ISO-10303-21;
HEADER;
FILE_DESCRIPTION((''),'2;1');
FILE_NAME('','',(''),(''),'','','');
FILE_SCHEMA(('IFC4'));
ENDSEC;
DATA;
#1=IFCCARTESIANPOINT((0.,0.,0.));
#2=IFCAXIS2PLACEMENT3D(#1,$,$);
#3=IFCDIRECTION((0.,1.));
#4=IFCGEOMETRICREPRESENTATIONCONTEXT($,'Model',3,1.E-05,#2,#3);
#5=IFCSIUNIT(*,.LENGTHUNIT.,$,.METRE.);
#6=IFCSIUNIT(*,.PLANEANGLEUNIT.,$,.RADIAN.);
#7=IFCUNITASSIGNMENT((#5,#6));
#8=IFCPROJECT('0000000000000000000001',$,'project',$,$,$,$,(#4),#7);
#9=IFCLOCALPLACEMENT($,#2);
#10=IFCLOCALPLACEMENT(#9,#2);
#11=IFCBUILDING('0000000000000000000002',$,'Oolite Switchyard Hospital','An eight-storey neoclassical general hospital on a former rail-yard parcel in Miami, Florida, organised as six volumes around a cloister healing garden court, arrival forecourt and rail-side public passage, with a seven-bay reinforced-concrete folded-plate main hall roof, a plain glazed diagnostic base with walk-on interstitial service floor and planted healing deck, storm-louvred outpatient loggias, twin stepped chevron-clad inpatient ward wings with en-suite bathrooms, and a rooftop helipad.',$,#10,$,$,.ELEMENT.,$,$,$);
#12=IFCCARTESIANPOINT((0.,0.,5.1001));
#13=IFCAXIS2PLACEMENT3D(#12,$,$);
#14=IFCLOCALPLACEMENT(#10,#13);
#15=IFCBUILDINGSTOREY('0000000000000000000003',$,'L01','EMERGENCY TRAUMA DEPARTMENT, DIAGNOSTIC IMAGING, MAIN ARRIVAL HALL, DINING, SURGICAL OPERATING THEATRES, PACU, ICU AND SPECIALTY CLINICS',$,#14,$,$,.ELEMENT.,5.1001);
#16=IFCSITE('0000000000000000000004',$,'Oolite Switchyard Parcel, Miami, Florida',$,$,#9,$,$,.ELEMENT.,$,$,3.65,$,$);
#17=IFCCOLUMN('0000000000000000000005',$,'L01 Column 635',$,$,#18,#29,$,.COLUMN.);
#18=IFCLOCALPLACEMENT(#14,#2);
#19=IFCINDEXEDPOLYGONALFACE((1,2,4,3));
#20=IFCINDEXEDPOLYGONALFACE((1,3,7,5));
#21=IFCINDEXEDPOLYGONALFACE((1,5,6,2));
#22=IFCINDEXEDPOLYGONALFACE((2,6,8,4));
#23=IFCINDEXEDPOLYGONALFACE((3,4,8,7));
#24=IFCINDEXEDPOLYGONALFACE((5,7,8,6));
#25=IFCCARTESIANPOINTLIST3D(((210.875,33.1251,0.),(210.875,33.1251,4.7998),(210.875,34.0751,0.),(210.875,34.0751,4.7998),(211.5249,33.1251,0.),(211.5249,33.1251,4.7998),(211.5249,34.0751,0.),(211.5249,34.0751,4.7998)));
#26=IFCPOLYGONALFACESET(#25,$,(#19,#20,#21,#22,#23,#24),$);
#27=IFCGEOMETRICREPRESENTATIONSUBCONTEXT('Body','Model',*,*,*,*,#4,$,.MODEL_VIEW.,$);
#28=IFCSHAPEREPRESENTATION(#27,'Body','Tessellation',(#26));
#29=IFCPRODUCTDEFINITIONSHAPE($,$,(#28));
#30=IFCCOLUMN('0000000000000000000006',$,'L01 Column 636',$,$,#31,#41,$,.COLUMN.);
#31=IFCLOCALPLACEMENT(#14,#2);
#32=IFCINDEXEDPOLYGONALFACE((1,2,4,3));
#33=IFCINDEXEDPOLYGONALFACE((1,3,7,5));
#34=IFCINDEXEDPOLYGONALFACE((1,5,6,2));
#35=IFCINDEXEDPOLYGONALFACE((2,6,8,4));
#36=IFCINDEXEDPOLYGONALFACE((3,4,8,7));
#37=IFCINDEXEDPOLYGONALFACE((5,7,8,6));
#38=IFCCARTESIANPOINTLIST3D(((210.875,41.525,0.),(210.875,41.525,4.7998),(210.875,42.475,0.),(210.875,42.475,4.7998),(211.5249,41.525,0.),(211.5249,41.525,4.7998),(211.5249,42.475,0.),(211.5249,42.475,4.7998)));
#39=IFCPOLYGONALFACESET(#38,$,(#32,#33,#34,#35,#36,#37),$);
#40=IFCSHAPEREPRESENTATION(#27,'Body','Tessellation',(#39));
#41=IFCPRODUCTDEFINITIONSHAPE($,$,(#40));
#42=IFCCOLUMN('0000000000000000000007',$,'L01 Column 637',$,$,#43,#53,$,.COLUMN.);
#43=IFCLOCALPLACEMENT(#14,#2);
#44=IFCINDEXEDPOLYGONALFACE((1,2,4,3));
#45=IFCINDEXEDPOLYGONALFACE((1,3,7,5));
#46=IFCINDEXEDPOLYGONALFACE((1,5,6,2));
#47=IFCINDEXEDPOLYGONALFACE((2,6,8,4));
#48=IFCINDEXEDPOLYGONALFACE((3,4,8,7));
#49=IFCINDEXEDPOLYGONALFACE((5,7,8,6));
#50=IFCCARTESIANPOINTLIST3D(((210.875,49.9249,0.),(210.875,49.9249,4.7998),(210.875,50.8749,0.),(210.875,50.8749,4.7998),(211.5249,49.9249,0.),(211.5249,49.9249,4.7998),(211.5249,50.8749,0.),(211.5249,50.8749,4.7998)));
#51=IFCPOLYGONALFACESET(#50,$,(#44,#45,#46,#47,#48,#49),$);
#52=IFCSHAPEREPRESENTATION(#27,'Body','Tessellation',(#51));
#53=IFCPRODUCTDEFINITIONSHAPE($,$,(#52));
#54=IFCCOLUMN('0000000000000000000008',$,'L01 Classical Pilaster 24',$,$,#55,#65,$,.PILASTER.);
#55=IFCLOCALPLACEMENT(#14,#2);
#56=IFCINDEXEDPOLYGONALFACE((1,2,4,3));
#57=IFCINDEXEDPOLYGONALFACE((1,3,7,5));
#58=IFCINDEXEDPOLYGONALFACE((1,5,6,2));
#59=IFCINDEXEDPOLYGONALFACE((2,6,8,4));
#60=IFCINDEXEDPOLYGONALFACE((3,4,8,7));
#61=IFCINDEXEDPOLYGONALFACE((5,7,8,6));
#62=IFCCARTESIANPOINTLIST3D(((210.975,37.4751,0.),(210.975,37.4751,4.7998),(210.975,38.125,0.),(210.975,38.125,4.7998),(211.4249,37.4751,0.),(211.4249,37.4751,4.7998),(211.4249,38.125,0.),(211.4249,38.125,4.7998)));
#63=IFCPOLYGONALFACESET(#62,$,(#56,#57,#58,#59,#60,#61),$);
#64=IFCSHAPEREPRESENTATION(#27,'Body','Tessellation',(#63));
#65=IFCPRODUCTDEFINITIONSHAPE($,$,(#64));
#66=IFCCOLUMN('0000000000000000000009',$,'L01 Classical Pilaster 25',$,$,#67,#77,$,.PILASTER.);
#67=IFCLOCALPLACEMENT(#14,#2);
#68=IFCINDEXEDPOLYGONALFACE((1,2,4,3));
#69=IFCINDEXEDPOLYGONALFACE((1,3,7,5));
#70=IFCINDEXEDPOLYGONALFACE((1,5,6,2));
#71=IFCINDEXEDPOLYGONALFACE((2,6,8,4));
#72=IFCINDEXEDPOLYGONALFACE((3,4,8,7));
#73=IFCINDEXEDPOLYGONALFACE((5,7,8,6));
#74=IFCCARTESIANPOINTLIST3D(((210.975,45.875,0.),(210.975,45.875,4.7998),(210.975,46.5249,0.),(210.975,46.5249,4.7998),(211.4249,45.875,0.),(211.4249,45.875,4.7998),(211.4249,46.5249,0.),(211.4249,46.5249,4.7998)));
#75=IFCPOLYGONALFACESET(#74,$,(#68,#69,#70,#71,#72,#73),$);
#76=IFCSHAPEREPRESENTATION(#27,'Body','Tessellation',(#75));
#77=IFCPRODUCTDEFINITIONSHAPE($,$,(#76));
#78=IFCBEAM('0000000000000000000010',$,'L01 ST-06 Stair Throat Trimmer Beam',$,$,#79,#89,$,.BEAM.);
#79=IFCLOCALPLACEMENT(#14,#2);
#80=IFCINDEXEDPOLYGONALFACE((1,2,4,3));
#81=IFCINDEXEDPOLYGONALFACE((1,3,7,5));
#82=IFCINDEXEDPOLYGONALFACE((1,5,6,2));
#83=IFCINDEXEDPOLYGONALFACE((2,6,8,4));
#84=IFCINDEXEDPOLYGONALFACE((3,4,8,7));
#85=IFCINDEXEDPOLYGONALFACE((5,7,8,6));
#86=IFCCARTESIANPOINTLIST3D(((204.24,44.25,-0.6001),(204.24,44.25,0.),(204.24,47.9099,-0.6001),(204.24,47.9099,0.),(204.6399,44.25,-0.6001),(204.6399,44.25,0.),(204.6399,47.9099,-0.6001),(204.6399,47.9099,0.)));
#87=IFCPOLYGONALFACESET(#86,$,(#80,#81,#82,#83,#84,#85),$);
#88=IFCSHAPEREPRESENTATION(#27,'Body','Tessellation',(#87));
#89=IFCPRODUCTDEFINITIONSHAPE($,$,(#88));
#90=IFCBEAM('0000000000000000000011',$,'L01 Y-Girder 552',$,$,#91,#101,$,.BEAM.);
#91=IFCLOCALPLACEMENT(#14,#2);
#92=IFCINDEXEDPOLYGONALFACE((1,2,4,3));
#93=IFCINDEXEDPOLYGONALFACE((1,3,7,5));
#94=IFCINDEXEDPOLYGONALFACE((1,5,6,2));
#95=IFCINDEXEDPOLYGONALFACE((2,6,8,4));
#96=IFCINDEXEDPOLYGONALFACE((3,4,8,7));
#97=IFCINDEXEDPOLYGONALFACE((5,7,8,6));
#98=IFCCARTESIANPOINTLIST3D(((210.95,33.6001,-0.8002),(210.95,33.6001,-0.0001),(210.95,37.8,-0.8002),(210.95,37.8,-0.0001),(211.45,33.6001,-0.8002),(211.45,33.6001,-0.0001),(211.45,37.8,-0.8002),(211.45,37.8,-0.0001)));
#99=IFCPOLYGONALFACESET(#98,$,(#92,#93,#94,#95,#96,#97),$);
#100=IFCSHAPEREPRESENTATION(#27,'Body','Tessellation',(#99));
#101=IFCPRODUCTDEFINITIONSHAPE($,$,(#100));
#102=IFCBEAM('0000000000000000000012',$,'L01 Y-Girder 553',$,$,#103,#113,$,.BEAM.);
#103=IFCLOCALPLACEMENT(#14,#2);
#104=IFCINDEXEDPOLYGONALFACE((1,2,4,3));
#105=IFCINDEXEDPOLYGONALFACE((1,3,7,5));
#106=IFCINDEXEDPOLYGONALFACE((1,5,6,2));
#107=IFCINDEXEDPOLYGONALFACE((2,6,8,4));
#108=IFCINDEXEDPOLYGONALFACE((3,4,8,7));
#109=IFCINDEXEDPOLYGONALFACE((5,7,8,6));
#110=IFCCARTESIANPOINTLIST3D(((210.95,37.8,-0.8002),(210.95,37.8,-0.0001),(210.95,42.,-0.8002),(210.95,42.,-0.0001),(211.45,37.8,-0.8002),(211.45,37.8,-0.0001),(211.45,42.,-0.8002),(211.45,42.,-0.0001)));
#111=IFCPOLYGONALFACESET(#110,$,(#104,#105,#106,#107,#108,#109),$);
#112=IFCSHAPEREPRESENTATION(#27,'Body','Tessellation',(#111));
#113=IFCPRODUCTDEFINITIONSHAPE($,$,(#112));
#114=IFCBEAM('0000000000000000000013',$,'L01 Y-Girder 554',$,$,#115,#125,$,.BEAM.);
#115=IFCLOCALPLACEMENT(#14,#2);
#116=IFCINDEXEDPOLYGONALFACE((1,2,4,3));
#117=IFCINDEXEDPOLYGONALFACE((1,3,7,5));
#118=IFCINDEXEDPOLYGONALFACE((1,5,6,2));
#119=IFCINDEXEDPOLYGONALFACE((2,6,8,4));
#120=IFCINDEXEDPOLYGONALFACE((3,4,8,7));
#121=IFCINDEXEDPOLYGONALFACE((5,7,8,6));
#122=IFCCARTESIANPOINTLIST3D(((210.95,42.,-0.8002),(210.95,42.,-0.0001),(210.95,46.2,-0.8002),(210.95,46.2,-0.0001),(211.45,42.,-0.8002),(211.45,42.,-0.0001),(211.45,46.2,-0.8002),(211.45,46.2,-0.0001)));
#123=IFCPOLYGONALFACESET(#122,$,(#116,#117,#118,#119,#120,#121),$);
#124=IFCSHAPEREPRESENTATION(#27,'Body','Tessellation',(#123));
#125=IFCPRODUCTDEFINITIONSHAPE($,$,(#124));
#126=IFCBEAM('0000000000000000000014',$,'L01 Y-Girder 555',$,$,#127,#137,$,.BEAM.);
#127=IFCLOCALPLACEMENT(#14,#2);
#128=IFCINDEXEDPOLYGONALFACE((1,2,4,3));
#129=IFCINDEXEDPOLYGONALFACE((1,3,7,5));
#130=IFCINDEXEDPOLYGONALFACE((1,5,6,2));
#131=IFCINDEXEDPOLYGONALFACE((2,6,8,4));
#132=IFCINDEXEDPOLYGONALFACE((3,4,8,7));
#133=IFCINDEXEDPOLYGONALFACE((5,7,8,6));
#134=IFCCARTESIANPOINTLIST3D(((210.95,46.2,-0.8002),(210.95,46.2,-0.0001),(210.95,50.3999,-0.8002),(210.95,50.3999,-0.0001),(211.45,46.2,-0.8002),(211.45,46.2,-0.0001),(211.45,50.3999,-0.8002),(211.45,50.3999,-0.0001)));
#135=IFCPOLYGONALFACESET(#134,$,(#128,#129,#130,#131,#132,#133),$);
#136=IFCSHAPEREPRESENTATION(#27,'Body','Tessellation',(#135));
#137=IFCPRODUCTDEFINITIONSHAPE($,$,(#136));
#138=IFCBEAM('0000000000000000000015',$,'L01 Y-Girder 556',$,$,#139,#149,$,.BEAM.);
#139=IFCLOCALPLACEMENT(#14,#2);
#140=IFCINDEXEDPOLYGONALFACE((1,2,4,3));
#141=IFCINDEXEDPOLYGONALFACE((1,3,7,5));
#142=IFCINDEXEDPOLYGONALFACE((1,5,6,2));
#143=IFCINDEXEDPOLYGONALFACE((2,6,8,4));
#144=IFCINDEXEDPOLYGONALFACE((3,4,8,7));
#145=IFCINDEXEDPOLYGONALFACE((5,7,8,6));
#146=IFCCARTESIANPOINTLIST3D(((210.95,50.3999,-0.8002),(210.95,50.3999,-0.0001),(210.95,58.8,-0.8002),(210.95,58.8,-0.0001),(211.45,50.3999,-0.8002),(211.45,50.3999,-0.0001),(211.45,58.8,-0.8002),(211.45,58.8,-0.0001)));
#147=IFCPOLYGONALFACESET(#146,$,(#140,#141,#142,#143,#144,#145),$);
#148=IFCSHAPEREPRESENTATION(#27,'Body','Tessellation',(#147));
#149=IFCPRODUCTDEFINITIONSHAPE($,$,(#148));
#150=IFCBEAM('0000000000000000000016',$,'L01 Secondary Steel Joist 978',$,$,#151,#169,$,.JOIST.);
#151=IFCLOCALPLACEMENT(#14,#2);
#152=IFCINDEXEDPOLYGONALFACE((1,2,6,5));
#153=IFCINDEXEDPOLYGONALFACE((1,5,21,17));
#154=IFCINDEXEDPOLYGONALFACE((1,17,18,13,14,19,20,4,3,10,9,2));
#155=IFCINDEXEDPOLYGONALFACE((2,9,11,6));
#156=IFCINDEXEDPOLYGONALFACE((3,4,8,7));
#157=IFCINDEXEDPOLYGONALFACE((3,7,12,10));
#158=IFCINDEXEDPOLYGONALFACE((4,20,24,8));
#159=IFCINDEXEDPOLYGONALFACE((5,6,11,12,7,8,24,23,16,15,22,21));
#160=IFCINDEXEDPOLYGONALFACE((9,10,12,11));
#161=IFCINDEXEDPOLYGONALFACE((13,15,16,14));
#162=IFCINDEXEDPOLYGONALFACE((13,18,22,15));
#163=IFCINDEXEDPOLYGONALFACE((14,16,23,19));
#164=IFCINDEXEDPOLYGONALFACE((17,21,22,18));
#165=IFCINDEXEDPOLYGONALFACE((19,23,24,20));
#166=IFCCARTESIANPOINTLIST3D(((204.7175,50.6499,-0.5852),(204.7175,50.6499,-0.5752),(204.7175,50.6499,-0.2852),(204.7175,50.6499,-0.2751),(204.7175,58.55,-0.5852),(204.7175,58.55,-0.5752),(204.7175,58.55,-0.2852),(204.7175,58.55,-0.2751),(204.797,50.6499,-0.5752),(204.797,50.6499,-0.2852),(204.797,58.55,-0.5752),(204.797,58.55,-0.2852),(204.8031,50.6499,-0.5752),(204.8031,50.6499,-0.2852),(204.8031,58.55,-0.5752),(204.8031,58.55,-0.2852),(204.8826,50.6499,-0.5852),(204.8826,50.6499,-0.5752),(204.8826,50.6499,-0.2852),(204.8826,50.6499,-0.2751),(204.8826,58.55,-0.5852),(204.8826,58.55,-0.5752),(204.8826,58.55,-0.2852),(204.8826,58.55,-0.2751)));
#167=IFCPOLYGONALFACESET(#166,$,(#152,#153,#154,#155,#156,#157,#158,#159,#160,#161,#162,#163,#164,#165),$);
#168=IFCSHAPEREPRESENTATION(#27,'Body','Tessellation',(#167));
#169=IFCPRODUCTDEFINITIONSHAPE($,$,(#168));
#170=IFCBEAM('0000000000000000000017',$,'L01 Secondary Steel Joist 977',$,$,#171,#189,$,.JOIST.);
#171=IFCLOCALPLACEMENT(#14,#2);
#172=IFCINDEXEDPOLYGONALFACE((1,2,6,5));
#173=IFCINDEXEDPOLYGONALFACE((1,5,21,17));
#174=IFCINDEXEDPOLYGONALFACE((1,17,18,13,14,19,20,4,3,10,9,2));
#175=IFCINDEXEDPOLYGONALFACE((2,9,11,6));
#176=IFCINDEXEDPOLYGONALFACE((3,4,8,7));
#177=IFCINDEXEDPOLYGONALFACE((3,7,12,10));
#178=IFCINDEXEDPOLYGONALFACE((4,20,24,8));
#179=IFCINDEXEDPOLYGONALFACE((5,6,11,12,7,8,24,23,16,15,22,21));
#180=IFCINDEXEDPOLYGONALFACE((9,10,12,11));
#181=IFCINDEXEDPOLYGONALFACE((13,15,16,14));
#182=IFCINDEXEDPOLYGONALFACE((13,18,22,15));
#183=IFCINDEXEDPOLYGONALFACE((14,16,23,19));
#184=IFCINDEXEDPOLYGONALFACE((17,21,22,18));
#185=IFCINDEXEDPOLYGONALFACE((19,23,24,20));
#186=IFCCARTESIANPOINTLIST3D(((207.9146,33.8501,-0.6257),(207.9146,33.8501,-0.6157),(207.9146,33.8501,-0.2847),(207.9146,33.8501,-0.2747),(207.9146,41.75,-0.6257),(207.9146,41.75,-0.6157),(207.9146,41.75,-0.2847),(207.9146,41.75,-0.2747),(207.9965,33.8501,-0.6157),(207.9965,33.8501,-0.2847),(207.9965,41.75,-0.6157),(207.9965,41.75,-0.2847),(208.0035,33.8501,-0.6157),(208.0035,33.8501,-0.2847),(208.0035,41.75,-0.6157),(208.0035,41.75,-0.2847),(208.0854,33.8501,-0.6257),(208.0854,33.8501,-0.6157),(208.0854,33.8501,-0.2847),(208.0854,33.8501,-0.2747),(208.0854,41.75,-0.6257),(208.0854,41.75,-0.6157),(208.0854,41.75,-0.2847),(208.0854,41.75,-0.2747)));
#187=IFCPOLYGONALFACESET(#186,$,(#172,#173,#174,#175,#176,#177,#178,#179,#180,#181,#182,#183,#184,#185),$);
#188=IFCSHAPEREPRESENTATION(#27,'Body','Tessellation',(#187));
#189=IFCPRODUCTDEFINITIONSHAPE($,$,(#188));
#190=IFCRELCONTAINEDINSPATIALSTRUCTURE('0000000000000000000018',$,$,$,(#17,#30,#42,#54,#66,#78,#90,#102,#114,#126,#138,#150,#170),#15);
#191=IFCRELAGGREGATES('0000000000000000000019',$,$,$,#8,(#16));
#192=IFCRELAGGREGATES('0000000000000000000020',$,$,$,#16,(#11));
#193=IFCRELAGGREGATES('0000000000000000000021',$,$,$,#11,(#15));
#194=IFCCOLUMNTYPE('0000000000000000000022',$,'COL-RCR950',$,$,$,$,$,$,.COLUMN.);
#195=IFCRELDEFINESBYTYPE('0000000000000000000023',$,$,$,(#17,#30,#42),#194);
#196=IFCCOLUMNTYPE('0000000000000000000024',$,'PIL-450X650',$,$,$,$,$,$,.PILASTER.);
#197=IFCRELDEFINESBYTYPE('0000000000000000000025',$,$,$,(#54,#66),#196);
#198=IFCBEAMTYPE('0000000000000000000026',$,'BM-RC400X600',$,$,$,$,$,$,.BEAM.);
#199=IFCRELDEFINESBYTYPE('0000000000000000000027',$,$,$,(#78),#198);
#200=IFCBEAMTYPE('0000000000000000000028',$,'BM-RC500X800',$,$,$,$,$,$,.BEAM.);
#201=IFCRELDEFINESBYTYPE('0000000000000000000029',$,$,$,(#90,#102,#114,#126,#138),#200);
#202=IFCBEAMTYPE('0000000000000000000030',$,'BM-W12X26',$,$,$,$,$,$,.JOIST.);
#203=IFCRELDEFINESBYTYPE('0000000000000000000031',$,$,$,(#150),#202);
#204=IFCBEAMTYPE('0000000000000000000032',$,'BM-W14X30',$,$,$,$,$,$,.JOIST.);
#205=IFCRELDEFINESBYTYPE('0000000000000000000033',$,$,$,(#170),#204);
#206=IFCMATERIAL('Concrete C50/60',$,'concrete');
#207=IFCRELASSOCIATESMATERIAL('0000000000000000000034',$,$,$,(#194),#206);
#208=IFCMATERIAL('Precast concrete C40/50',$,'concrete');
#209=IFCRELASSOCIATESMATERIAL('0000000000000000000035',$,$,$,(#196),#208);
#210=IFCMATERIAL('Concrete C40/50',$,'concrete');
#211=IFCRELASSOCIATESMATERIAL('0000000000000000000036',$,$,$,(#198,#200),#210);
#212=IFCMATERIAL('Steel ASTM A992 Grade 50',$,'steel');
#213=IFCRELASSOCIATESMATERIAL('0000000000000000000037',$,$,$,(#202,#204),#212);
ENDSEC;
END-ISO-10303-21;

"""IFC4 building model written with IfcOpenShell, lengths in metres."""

from ifc_helpers import new_model, si_unit, direction, frame, origin, origin_2d, place, context, subcontext, project, spatial, rectangle, i_section, extrude, material, material_profile, profile_set, type_object, element, save


model = new_model("IFC4")

# Units and contexts
model_context = context("Model", 3, precision=1e-05, world=origin(), true_north=direction((0.0, 1.0)))
body_context = subcontext(model_context, "Body", "Model", "MODEL_VIEW")
ifc_project = project(units=[si_unit("LENGTHUNIT", "METRE"), si_unit("PLANEANGLEUNIT", "RADIAN")], contexts=[model_context])

# Site, building, storey
site_placement = place(None, origin())
site = spatial("IfcSite", under=ifc_project, at=site_placement, Name="Oolite Switchyard Parcel, Miami, Florida", CompositionType="ELEMENT", RefElevation=3.65)
building_placement = place(site_placement, origin())
building = spatial("IfcBuilding", under=site, at=building_placement, Name="Oolite Switchyard Hospital", Description="An eight-storey neoclassical general hospital on a former rail-yard parcel in Miami, Florida, organised as six volumes around a cloister healing garden court, arrival forecourt and rail-side public passage, with a seven-bay reinforced-concrete folded-plate main hall roof, a plain glazed diagnostic base with walk-on interstitial service floor and planted healing deck, storm-louvred outpatient loggias, twin stepped chevron-clad inpatient ward wings with en-suite bathrooms, and a rooftop helipad.", CompositionType="ELEMENT")
storey_placement = place(building_placement, frame((0.0, 0.0, 5.1001)))
storey = spatial("IfcBuildingStorey", under=building, at=storey_placement, Name="L01", Description="EMERGENCY TRAUMA DEPARTMENT, DIAGNOSTIC IMAGING, MAIN ARRIVAL HALL, DINING, SURGICAL OPERATING THEATRES, PACU, ICU AND SPECIALTY CLINICS", CompositionType="ELEMENT", Elevation=5.1001)

# Columns
ifc_material_1 = material(Name="Concrete C50/60", Category="concrete")
ifc_material_profile_1 = material_profile(ifc_material_1, rectangle(XDim=0.95, YDim=0.6499, at=origin_2d()), Name="RC950X650")
ifc_profile_set_1 = profile_set([ifc_material_profile_1], Name="Concrete C50/60")
column_type_1 = type_object("IfcColumnType", Name="COL-RCR950", PredefinedType="COLUMN", material=ifc_profile_set_1)
for number, where, z_axis, x_axis, name in (
    (1, (211.2, 33.6001, 0.0), (0.0, 0.0, 1.0), (0.0, 1.0, 0.0), "L01 Column 635"),
    (2, (211.2, 42.0, 0.0), (0.0, 0.0, 1.0), (0.0, 1.0, 0.0), "L01 Column 636"),
    (3, (211.2, 50.3999, 0.0), (0.0, 0.0, 1.0), (0.0, 1.0, 0.0), "L01 Column 637"),
):
    element("IfcColumn", number, at=place(storey_placement, frame(where, z_axis=z_axis, x_axis=x_axis)), inside=storey, type_object=column_type_1, Name=name, PredefinedType="COLUMN", context=body_context, shape_type="SweptSolid", body=[
        extrude(rectangle(XDim=0.95, YDim=0.6499, at=origin_2d()), origin(), (0.0, 0.0, 1.0), 4.7998),
    ])
ifc_material_2 = material(Name="Precast concrete C40/50", Category="concrete")
ifc_material_profile_2 = material_profile(ifc_material_2, rectangle(XDim=0.45, YDim=0.6499, at=origin_2d()), Name="PIL450X650")
ifc_profile_set_2 = profile_set([ifc_material_profile_2], Name="Precast concrete C40/50")
column_type_2 = type_object("IfcColumnType", Name="PIL-450X650", PredefinedType="PILASTER", material=ifc_profile_set_2)
for number, where, z_axis, x_axis, name in (
    (4, (211.2, 37.8, 0.0), (0.0, 0.0, 1.0), (1.0, 0.0, 0.0), "L01 Classical Pilaster 24"),
    (5, (211.2, 46.2, 0.0), (0.0, 0.0, 1.0), (1.0, 0.0, 0.0), "L01 Classical Pilaster 25"),
):
    element("IfcColumn", number, at=place(storey_placement, frame(where, z_axis=z_axis, x_axis=x_axis)), inside=storey, type_object=column_type_2, Name=name, PredefinedType="PILASTER", context=body_context, shape_type="SweptSolid", body=[
        extrude(rectangle(XDim=0.45, YDim=0.6499, at=origin_2d()), origin(), (0.0, 0.0, 1.0), 4.7998),
    ])

# Beams
ifc_material_3 = material(Name="Concrete C40/50", Category="concrete")
ifc_material_profile_3 = material_profile(ifc_material_3, rectangle(XDim=0.3999, YDim=0.6001, at=origin_2d()), Name="RCB400X600")
ifc_profile_set_3 = profile_set([ifc_material_profile_3], Name="Concrete C40/50")
beam_type_1 = type_object("IfcBeamType", Name="BM-RC400X600", PredefinedType="BEAM", material=ifc_profile_set_3)
beam_1_placement = place(storey_placement, frame((204.4399, 44.25, -0.3), z_axis=(0.0, 1.0, 0.0), x_axis=(-1.0, 0.0, 0.0)))
element("IfcBeam", 6, at=beam_1_placement, inside=storey, type_object=beam_type_1, Name="L01 ST-06 Stair Throat Trimmer Beam", PredefinedType="BEAM", context=body_context, shape_type="SweptSolid", body=[
    extrude(rectangle(XDim=0.3999, YDim=0.6001, at=origin_2d()), origin(), (0.0, 0.0, 1.0), 3.6599),
])
ifc_material_profile_4 = material_profile(ifc_material_3, rectangle(XDim=0.5, YDim=0.8, at=origin_2d()), Name="RCB500X800")
ifc_profile_set_4 = profile_set([ifc_material_profile_4], Name="Concrete C40/50")
beam_type_2 = type_object("IfcBeamType", Name="BM-RC500X800", PredefinedType="BEAM", material=ifc_profile_set_4)
for number, where, z_axis, x_axis, name in (
    (7, (211.2, 33.6001, -0.4001), (0.0, 1.0, 0.0), (-1.0, 0.0, 0.0), "L01 Y-Girder 552"),
    (8, (211.2, 37.8, -0.4001), (0.0, 1.0, 0.0), (-1.0, 0.0, 0.0), "L01 Y-Girder 553"),
    (9, (211.2, 42.0, -0.4001), (0.0, 1.0, 0.0), (-1.0, 0.0, 0.0), "L01 Y-Girder 554"),
    (10, (211.2, 46.2, -0.4001), (0.0, 1.0, 0.0), (-1.0, 0.0, 0.0), "L01 Y-Girder 555"),
):
    element("IfcBeam", number, at=place(storey_placement, frame(where, z_axis=z_axis, x_axis=x_axis)), inside=storey, type_object=beam_type_2, Name=name, PredefinedType="BEAM", context=body_context, shape_type="SweptSolid", body=[
        extrude(rectangle(XDim=0.5, YDim=0.8, at=origin_2d()), origin(), (0.0, 0.0, 1.0), 4.2),
    ])
beam_2_placement = place(storey_placement, frame((211.2, 50.3999, -0.4001), z_axis=(0.0, 1.0, 0.0), x_axis=(-1.0, 0.0, 0.0)))
element("IfcBeam", 11, at=beam_2_placement, inside=storey, type_object=beam_type_2, Name="L01 Y-Girder 556", PredefinedType="BEAM", context=body_context, shape_type="SweptSolid", body=[
    extrude(rectangle(XDim=0.5, YDim=0.8, at=origin_2d()), origin(), (0.0, 0.0, 1.0), 8.4001),
])
ifc_material_4 = material(Name="Steel ASTM A992 Grade 50", Category="steel")
ifc_material_profile_5 = material_profile(ifc_material_4, i_section(OverallWidth=0.165, OverallDepth=0.3101, WebThickness=0.0061, FlangeThickness=0.01, at=origin_2d()), Name="W12X26")
ifc_profile_set_5 = profile_set([ifc_material_profile_5], Name="Steel ASTM A992 Grade 50")
beam_type_3 = type_object("IfcBeamType", Name="BM-W12X26", PredefinedType="JOIST", material=ifc_profile_set_5)
beam_3_placement = place(storey_placement, frame((204.8, 50.6499, -0.4302), z_axis=(0.0, 1.0, 0.0), x_axis=(-1.0, 0.0, 0.0)))
element("IfcBeam", 12, at=beam_3_placement, inside=storey, type_object=beam_type_3, Name="L01 Secondary Steel Joist 978", PredefinedType="JOIST", context=body_context, shape_type="SweptSolid", body=[
    extrude(i_section(OverallWidth=0.165, OverallDepth=0.3101, WebThickness=0.0061, FlangeThickness=0.01, at=origin_2d()), origin(), (0.0, 0.0, 1.0), 7.9001),
])
ifc_material_profile_6 = material_profile(ifc_material_4, i_section(OverallWidth=0.1709, OverallDepth=0.3511, WebThickness=0.0071, FlangeThickness=0.01, at=origin_2d()), Name="W14X30")
ifc_profile_set_6 = profile_set([ifc_material_profile_6], Name="Steel ASTM A992 Grade 50")
beam_type_4 = type_object("IfcBeamType", Name="BM-W14X30", PredefinedType="JOIST", material=ifc_profile_set_6)
beam_4_placement = place(storey_placement, frame((208.0, 33.8501, -0.4502), z_axis=(0.0, 1.0, 0.0), x_axis=(-1.0, 0.0, 0.0)))
element("IfcBeam", 13, at=beam_4_placement, inside=storey, type_object=beam_type_4, Name="L01 Secondary Steel Joist 977", PredefinedType="JOIST", context=body_context, shape_type="SweptSolid", body=[
    extrude(i_section(OverallWidth=0.1709, OverallDepth=0.3511, WebThickness=0.0071, FlangeThickness=0.01, at=origin_2d()), origin(), (0.0, 0.0, 1.0), 7.8999),
])

save(model, "model.ifc")
